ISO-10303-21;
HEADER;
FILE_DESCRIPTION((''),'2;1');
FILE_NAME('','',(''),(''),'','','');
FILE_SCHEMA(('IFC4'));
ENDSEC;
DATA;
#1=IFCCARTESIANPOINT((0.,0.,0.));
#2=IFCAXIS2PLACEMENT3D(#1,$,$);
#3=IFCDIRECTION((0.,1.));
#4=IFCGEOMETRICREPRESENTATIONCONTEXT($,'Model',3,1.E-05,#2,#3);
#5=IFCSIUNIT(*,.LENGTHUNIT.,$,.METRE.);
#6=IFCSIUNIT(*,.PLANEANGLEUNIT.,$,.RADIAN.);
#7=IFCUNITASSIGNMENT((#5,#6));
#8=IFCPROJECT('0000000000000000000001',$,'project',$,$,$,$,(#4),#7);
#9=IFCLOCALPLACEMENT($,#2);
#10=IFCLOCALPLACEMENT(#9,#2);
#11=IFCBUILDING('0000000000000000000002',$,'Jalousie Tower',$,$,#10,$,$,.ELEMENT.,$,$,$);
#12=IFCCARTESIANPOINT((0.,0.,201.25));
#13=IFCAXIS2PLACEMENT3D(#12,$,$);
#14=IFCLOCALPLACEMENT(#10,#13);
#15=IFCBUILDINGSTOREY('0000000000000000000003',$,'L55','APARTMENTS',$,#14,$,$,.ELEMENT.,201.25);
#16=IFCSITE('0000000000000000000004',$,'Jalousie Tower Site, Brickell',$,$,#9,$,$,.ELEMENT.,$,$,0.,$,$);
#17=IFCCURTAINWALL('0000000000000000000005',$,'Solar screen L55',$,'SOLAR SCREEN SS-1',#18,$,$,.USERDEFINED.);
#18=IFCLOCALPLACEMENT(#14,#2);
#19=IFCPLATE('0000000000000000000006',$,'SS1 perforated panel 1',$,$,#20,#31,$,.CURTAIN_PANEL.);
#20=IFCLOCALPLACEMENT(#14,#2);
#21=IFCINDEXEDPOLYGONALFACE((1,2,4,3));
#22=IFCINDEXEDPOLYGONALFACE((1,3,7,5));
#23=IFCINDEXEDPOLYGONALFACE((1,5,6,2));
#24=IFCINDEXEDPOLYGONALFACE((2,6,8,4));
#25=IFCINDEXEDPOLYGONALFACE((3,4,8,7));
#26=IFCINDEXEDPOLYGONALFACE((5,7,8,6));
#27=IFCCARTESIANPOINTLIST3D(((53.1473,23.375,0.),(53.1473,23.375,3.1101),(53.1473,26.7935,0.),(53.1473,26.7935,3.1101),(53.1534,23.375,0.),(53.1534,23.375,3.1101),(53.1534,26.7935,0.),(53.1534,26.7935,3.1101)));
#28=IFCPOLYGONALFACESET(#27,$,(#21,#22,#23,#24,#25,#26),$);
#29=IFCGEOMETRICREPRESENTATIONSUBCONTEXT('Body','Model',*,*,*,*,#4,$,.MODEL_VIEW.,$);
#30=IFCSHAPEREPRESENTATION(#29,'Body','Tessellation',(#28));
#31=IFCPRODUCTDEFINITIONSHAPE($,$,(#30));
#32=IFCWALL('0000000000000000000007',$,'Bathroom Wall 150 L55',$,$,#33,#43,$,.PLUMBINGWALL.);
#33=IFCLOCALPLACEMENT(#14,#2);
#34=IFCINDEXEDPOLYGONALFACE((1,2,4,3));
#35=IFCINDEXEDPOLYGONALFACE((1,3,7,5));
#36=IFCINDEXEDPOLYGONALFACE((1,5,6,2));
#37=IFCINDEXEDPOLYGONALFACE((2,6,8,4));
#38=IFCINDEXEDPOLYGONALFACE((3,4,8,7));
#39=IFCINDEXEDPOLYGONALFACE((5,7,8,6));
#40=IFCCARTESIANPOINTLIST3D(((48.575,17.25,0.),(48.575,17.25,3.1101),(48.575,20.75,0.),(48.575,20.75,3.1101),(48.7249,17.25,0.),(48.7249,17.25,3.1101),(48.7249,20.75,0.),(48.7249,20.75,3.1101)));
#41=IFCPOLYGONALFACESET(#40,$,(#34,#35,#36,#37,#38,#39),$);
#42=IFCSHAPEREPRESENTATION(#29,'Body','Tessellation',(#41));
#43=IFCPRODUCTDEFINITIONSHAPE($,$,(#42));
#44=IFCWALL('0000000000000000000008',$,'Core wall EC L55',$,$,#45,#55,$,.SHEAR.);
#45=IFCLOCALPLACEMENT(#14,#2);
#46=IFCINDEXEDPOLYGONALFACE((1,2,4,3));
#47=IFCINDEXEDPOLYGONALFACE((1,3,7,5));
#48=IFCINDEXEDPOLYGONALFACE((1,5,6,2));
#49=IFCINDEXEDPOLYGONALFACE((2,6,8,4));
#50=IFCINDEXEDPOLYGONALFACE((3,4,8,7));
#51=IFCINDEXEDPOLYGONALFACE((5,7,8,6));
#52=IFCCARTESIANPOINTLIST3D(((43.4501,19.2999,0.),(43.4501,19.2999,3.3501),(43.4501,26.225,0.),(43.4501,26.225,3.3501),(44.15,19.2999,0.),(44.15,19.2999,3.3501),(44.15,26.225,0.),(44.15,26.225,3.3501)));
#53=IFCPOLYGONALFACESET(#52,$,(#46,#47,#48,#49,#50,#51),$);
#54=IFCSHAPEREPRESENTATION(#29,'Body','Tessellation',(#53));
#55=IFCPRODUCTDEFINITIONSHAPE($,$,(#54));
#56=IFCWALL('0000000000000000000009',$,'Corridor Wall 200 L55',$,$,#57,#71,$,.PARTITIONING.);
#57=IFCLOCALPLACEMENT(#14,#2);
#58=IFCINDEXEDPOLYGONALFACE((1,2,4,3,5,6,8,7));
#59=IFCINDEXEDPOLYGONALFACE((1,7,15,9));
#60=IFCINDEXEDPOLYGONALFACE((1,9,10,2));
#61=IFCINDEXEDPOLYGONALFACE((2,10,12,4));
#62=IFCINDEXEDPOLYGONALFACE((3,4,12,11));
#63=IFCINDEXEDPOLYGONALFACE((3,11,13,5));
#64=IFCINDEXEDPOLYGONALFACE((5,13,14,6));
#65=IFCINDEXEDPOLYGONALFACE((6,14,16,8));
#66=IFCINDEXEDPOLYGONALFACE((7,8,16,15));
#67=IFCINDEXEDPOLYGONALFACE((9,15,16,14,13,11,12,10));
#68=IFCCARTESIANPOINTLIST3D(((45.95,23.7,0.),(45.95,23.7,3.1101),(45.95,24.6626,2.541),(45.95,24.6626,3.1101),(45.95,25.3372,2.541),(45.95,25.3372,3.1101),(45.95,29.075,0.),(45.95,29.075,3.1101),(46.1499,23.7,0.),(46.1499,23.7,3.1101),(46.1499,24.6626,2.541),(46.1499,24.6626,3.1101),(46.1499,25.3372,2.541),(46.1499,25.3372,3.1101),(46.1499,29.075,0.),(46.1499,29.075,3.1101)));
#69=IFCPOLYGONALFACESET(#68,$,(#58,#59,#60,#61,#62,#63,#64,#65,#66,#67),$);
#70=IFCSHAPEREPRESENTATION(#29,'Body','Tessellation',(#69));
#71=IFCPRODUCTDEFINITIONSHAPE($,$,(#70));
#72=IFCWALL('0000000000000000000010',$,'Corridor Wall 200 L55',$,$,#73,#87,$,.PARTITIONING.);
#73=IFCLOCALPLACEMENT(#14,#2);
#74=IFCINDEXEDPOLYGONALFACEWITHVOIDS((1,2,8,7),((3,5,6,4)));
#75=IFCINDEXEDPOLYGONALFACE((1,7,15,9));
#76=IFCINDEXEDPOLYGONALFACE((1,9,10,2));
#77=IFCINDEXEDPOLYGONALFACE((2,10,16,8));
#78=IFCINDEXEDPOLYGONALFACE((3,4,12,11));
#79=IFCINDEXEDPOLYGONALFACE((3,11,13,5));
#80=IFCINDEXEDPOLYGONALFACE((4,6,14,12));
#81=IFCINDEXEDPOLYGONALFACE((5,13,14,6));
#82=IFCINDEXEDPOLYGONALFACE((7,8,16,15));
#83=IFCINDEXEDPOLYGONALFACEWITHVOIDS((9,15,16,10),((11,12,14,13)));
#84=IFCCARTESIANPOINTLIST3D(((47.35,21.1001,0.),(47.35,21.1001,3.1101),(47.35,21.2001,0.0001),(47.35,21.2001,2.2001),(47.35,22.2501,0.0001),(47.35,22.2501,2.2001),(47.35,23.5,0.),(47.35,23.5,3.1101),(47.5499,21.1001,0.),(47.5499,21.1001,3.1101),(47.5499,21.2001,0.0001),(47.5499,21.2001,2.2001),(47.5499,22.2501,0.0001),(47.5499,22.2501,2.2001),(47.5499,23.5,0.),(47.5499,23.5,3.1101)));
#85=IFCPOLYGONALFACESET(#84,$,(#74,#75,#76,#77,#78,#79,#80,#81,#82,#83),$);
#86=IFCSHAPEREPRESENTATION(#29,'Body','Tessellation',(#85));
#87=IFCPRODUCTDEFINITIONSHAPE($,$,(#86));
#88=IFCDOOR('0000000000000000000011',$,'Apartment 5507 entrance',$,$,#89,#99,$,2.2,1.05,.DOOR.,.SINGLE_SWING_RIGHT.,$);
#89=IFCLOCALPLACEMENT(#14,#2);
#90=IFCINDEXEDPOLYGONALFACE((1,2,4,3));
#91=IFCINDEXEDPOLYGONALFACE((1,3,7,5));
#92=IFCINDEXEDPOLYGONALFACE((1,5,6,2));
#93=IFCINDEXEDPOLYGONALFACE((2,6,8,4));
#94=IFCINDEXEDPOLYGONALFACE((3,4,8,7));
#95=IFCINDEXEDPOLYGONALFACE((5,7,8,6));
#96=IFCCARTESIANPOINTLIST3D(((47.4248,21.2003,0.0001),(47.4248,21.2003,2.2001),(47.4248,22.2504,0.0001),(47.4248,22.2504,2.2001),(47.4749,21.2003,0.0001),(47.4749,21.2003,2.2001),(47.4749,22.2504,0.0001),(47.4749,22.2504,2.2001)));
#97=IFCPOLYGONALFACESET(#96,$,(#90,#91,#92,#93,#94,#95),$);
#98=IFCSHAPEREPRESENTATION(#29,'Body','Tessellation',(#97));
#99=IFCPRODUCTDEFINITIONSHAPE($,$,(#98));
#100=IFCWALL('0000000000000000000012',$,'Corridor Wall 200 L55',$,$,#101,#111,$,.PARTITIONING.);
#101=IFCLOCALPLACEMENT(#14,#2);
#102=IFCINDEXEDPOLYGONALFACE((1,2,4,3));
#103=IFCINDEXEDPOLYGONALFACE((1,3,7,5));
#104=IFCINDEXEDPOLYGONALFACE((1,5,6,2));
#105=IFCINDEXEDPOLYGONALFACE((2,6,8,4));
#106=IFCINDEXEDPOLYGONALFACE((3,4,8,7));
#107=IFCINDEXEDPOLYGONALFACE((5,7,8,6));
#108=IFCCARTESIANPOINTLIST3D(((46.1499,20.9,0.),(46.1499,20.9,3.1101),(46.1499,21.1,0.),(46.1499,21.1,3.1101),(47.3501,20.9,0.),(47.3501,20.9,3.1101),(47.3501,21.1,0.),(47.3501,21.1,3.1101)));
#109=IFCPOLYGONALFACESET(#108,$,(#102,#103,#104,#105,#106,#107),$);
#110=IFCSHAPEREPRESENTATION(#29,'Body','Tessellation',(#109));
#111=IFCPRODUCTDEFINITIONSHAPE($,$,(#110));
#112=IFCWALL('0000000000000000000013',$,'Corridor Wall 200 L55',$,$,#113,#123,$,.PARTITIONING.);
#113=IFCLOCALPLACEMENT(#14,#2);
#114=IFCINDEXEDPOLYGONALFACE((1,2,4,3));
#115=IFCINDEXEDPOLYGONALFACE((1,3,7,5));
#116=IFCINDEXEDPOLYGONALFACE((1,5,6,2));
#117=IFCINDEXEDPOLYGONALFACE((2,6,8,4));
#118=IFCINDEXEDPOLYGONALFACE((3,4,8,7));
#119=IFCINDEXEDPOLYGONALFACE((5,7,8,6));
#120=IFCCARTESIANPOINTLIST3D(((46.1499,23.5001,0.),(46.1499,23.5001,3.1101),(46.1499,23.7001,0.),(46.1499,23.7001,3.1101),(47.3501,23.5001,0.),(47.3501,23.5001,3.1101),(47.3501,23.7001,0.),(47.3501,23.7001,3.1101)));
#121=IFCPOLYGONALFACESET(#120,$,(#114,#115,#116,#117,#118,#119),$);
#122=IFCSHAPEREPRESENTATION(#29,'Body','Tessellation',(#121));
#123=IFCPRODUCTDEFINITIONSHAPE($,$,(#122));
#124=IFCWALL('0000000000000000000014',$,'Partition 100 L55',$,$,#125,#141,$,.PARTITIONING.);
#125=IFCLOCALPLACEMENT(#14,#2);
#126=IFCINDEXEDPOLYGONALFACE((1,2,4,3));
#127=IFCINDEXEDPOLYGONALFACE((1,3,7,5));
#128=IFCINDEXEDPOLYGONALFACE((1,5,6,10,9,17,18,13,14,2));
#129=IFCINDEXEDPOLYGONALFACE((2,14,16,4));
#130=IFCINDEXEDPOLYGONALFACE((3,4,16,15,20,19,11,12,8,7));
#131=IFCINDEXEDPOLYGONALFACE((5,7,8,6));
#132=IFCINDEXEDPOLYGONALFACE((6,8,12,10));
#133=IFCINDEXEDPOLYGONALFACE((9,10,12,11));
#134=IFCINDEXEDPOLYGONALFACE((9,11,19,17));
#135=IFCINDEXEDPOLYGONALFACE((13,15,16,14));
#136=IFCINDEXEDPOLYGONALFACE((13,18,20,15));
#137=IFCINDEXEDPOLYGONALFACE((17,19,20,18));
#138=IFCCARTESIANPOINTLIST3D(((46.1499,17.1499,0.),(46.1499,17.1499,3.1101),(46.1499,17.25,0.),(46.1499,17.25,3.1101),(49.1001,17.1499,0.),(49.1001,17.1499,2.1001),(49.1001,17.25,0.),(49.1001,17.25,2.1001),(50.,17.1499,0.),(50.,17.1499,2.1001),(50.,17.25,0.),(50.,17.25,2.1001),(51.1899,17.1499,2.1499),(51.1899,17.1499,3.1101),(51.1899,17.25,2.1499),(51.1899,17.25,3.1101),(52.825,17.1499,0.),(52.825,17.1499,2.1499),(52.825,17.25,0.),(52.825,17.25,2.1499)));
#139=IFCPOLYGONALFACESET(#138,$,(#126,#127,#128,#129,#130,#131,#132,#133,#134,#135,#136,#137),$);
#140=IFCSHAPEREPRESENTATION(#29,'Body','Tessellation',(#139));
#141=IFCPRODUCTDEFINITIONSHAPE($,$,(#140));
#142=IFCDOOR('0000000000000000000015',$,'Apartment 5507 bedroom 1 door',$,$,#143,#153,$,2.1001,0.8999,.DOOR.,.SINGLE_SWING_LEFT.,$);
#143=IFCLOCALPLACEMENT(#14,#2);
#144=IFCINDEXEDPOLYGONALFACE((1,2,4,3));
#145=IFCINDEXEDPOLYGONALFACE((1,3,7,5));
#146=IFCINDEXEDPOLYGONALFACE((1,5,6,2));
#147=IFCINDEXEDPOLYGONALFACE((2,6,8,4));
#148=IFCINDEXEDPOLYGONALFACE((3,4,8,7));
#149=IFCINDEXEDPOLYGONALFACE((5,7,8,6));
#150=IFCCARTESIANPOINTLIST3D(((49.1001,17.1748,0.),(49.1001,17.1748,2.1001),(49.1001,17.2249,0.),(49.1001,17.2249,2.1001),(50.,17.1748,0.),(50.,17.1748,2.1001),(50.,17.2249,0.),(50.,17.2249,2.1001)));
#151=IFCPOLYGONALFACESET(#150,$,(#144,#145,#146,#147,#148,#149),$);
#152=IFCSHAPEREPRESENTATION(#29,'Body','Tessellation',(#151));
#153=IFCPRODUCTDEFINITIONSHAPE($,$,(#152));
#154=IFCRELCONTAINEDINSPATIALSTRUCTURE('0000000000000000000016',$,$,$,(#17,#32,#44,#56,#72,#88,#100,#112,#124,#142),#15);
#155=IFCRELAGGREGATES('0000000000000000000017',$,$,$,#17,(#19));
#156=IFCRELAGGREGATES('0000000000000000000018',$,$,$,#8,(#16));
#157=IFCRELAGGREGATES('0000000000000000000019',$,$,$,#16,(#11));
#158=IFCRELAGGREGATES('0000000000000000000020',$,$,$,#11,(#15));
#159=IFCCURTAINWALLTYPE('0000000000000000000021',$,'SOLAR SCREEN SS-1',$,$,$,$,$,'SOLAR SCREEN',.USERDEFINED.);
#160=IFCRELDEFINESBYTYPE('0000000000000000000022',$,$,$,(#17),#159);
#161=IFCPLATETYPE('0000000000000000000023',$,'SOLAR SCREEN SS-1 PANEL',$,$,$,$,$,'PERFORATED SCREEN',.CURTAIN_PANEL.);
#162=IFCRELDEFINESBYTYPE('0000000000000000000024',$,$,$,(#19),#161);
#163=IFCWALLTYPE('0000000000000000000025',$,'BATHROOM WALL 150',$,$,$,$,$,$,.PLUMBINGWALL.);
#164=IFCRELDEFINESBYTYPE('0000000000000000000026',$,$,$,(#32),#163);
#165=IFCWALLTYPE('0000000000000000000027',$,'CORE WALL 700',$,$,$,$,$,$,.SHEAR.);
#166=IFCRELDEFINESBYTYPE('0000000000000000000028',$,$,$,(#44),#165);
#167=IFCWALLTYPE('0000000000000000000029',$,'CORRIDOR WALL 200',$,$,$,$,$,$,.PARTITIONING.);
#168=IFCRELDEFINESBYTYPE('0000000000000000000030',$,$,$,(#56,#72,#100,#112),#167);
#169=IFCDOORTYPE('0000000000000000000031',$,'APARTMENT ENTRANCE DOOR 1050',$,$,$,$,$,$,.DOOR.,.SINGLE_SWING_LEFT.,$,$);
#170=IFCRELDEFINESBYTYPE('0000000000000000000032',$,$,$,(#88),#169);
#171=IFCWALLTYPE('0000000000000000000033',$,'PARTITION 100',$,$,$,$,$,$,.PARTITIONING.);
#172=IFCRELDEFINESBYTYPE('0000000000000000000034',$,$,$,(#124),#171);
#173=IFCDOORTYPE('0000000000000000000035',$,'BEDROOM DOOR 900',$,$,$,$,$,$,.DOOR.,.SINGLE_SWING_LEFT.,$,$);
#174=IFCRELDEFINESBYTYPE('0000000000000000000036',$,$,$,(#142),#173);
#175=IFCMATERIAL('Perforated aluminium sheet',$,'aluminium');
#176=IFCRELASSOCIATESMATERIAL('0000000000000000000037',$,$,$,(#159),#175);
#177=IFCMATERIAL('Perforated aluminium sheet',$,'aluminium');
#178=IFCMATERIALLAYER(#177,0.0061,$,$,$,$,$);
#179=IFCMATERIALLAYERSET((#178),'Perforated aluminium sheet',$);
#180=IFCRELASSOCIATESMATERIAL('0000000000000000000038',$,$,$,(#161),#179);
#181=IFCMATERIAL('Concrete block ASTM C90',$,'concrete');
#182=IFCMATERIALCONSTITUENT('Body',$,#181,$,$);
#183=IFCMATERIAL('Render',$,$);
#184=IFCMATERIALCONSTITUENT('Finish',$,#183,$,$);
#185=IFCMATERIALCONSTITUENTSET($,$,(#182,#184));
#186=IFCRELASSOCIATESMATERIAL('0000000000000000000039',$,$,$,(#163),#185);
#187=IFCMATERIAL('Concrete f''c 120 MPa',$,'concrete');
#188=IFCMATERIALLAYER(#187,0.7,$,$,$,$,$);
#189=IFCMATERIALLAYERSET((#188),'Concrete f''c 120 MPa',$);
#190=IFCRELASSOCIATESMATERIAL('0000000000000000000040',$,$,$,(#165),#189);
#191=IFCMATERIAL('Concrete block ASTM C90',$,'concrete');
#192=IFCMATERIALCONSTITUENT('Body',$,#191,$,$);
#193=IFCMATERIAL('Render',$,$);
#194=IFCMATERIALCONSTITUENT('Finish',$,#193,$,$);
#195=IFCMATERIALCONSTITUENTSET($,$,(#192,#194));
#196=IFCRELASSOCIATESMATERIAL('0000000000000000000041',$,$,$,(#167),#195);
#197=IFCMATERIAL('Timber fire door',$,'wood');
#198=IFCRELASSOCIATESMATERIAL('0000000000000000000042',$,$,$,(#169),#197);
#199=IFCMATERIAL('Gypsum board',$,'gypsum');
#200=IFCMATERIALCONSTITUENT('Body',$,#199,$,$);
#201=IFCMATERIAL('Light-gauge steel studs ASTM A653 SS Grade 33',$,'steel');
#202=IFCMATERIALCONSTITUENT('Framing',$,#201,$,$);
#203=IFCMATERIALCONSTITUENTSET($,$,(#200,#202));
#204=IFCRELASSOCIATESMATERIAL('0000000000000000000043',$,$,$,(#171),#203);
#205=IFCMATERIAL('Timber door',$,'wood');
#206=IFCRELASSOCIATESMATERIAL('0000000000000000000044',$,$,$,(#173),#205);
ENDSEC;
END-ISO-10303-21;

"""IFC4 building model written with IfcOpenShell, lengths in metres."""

from ifc_helpers import new_model, si_unit, direction, frame, frame_2d, origin, origin_2d, place, context, subcontext, project, spatial, polyline, rectangle, outline, extrude, material, layer, layer_set, constituent, constituent_set, type_object, element, fill, aggregate, save


model = new_model("IFC4")

# Units and contexts
model_context = context("Model", 3, precision=1e-05, world=origin(), true_north=direction((0.0, 1.0)))
body_context = subcontext(model_context, "Body", "Model", "MODEL_VIEW")
ifc_project = project(units=[si_unit("LENGTHUNIT", "METRE"), si_unit("PLANEANGLEUNIT", "RADIAN")], contexts=[model_context])

# Site, building, storey
site_placement = place(None, origin())
site = spatial("IfcSite", under=ifc_project, at=site_placement, Name="Jalousie Tower Site, Brickell", CompositionType="ELEMENT", RefElevation=0.0)
building_placement = place(site_placement, origin())
building = spatial("IfcBuilding", under=site, at=building_placement, Name="Jalousie Tower", CompositionType="ELEMENT")
storey_placement = place(building_placement, frame((0.0, 0.0, 201.25)))
storey = spatial("IfcBuildingStorey", under=building, at=storey_placement, Name="L55", Description="APARTMENTS", CompositionType="ELEMENT", Elevation=201.25)

# Shared definitions
ifc_material_1 = material(Name="Perforated aluminium sheet", Category="aluminium")
curtain_wall_type = type_object("IfcCurtainWallType", Name="SOLAR SCREEN SS-1", ElementType="SOLAR SCREEN", PredefinedType="USERDEFINED", material=ifc_material_1)

# Curtain wall, plate
curtain_wall_1_placement = place(storey_placement, origin())
curtain_wall_1 = element("IfcCurtainWall", 1, at=curtain_wall_1_placement, inside=storey, type_object=curtain_wall_type, Name="Solar screen L55", ObjectType="SOLAR SCREEN SS-1", PredefinedType="USERDEFINED")
ifc_material_2 = material(Name="Perforated aluminium sheet", Category="aluminium")
ifc_layer_1 = layer(ifc_material_2, 0.0061)
ifc_layer_set_1 = layer_set([ifc_layer_1], Name="Perforated aluminium sheet")
plate_type = type_object("IfcPlateType", Name="SOLAR SCREEN SS-1 PANEL", ElementType="PERFORATED SCREEN", PredefinedType="CURTAIN_PANEL", material=ifc_layer_set_1)
plate_placement = place(storey_placement, frame((53.1504, 25.0842, 0.0), z_axis=(0.0, 0.0, 1.0), x_axis=(0.0, 1.0, 0.0)))
plate = element("IfcPlate", 2, at=plate_placement, type_object=plate_type, Name="SS1 perforated panel 1", PredefinedType="CURTAIN_PANEL", context=body_context, shape_type="SweptSolid", body=[
    extrude(rectangle(XDim=3.4185, YDim=0.0061, at=origin_2d()), origin(), (0.0, 0.0, 1.0), 3.1101),
])
aggregate(curtain_wall_1, [plate])

# Walls
ifc_material_3 = material(Name="Concrete block ASTM C90", Category="concrete")
ifc_constituent_1 = constituent(ifc_material_3, Name="Body")
ifc_material_4 = material(Name="Render")
ifc_constituent_2 = constituent(ifc_material_4, Name="Finish")
ifc_constituent_set_1 = constituent_set(constituents=[ifc_constituent_1, ifc_constituent_2])
wall_type_1 = type_object("IfcWallType", Name="BATHROOM WALL 150", PredefinedType="PLUMBINGWALL", material=ifc_constituent_set_1)
wall_1_placement = place(storey_placement, frame((48.6499, 17.25, 0.0), z_axis=(0.0, 0.0, 1.0), x_axis=(0.0, 1.0, 0.0)))
element("IfcWall", 3, at=wall_1_placement, inside=storey, type_object=wall_type_1, Name="Bathroom Wall 150 L55", PredefinedType="PLUMBINGWALL", context=body_context, shape_type="SweptSolid", body=[
    extrude(rectangle(XDim=3.5, YDim=0.1499, at=frame_2d((1.75, 0.0))), origin(), (0.0, 0.0, 1.0), 3.1101),
])
ifc_material_5 = material(Name="Concrete f'c 120 MPa", Category="concrete")
ifc_layer_2 = layer(ifc_material_5, 0.7)
ifc_layer_set_2 = layer_set([ifc_layer_2], Name="Concrete f'c 120 MPa")
wall_type_2 = type_object("IfcWallType", Name="CORE WALL 700", PredefinedType="SHEAR", material=ifc_layer_set_2)
wall_2_placement = place(storey_placement, frame((43.8, 19.3, 0.0), z_axis=(0.0, 0.0, 1.0), x_axis=(0.0, 1.0, 0.0)))
element("IfcWall", 4, at=wall_2_placement, inside=storey, type_object=wall_type_2, Name="Core wall EC L55", PredefinedType="SHEAR", context=body_context, shape_type="SweptSolid", body=[
    extrude(rectangle(XDim=6.925, YDim=0.7, at=frame_2d((3.4624, 0.0))), origin(), (0.0, 0.0, 1.0), 3.3501),
])
ifc_material_6 = material(Name="Concrete block ASTM C90", Category="concrete")
ifc_constituent_3 = constituent(ifc_material_6, Name="Body")
ifc_material_7 = material(Name="Render")
ifc_constituent_4 = constituent(ifc_material_7, Name="Finish")
ifc_constituent_set_2 = constituent_set(constituents=[ifc_constituent_3, ifc_constituent_4])
wall_type_3 = type_object("IfcWallType", Name="CORRIDOR WALL 200", PredefinedType="PARTITIONING", material=ifc_constituent_set_2)
wall_3_placement = place(storey_placement, frame((46.05, 23.7, 0.0), z_axis=(0.0, 0.0, 1.0), x_axis=(0.0, 1.0, 0.0)))
element("IfcWall", 5, at=wall_3_placement, inside=storey, type_object=wall_type_3, Name="Corridor Wall 200 L55", PredefinedType="PARTITIONING", context=body_context, shape_type="SweptSolid", body=[
    extrude(outline(polyline([(0.0, 0.0), (5.375, 0.0), (5.375, 3.1101), (1.6372, 3.1101), (1.6372, 2.541), (0.9626, 2.541), (0.9626, 3.1101), (0.0, 3.1101), (0.0, 0.0)])), frame((0.0, 0.1001, 0.0), z_axis=(0.0, -1.0, 0.0), x_axis=(1.0, 0.0, 0.0)), (0.0, 0.0, 1.0), 0.2),
])

# Wall, opening, door
wall_4_placement = place(storey_placement, frame((47.45, 21.1001, 0.0), z_axis=(0.0, 0.0, 1.0), x_axis=(0.0, 1.0, 0.0)))
wall_4 = element("IfcWall", 6, at=wall_4_placement, inside=storey, type_object=wall_type_3, Name="Corridor Wall 200 L55", PredefinedType="PARTITIONING", context=body_context, shape_type="SweptSolid", body=[
    extrude(rectangle(XDim=2.3999, YDim=0.2, at=frame_2d((1.2, 0.0))), origin(), (0.0, 0.0, 1.0), 3.1101),
])
opening_1_placement = place(wall_4_placement, frame((0.1001, 0.0, 0.0)))
opening_1 = element("IfcOpeningElement", 7, at=opening_1_placement, cuts=wall_4, PredefinedType="OPENING", context=body_context, shape_type="SweptSolid", body=[
    extrude(rectangle(XDim=1.05, YDim=2.2, at=frame_2d((0.5249, 1.1001))), frame((0.0, 0.1099, 0.0), z_axis=(0.0, -1.0, 0.0), x_axis=(1.0, 0.0, 0.0)), (0.0, 0.0, 1.0), 0.22),
])
ifc_material_8 = material(Name="Timber fire door", Category="wood")
door_type_1 = type_object("IfcDoorType", Name="APARTMENT ENTRANCE DOOR 1050", OperationType="SINGLE_SWING_LEFT", PredefinedType="DOOR", material=ifc_material_8)
door_1_placement = place(opening_1_placement, frame((1.05, 0.0, 0.0), z_axis=(0.0, 0.0, 1.0), x_axis=(-1.0, 0.0, 0.0)))
door_1 = element("IfcDoor", 8, at=door_1_placement, inside=storey, type_object=door_type_1, Name="Apartment 5507 entrance", OperationType="SINGLE_SWING_RIGHT", OverallHeight=2.2, OverallWidth=1.05, PredefinedType="DOOR", context=body_context, shape_type="SweptSolid", body=[
    extrude(rectangle(XDim=1.05, YDim=2.2, at=frame_2d((0.5249, 1.1001))), frame((0.0, 0.0249, 0.0), z_axis=(0.0, -1.0, 0.0), x_axis=(1.0, 0.0, 0.0)), (0.0, 0.0, 1.0), 0.05),
])
fill(opening_1, door_1)

# Walls
for number, where, z_axis, x_axis, name in (
    (9, (46.1499, 21.0, 0.0), (0.0, 0.0, 1.0), (1.0, 0.0, 0.0), "Corridor Wall 200 L55"),
    (10, (46.1499, 23.6001, 0.0), (0.0, 0.0, 1.0), (1.0, 0.0, 0.0), "Corridor Wall 200 L55"),
):
    element("IfcWall", number, at=place(storey_placement, frame(where, z_axis=z_axis, x_axis=x_axis)), inside=storey, type_object=wall_type_3, Name=name, PredefinedType="PARTITIONING", context=body_context, shape_type="SweptSolid", body=[
        extrude(rectangle(XDim=1.2002, YDim=0.2, at=frame_2d((0.6001, 0.0))), origin(), (0.0, 0.0, 1.0), 3.1101),
    ])

# Wall, opening, door
ifc_material_9 = material(Name="Gypsum board", Category="gypsum")
ifc_constituent_5 = constituent(ifc_material_9, Name="Body")
ifc_material_10 = material(Name="Light-gauge steel studs ASTM A653 SS Grade 33", Category="steel")
ifc_constituent_6 = constituent(ifc_material_10, Name="Framing")
ifc_constituent_set_3 = constituent_set(constituents=[ifc_constituent_5, ifc_constituent_6])
wall_type_4 = type_object("IfcWallType", Name="PARTITION 100", PredefinedType="PARTITIONING", material=ifc_constituent_set_3)
wall_5_placement = place(storey_placement, frame((52.825, 17.2, 0.0), z_axis=(0.0, 0.0, 1.0), x_axis=(-1.0, 0.0, 0.0)))
wall_5 = element("IfcWall", 11, at=wall_5_placement, inside=storey, type_object=wall_type_4, Name="Partition 100 L55", PredefinedType="PARTITIONING", context=body_context, shape_type="SweptSolid", body=[
    extrude(outline(polyline([(0.0, 0.0), (6.675, 0.0), (6.675, 3.1101), (1.635, 3.1101), (1.635, 2.1499), (0.0, 2.1499), (0.0, 3.1101), (0.0, 0.0)])), frame((0.0, 0.05, 0.0), z_axis=(0.0, -1.0, 0.0), x_axis=(1.0, 0.0, 0.0)), (0.0, 0.0, 1.0), 0.1001),
])
opening_2_placement = place(wall_5_placement, frame((2.825, 0.0, 0.0)))
opening_2 = element("IfcOpeningElement", 12, at=opening_2_placement, cuts=wall_5, PredefinedType="OPENING", context=body_context, shape_type="SweptSolid", body=[
    extrude(rectangle(XDim=0.8999, YDim=2.1001, at=frame_2d((0.45, 1.05))), frame((0.0, 0.0601, 0.0), z_axis=(0.0, -1.0, 0.0), x_axis=(1.0, 0.0, 0.0)), (0.0, 0.0, 1.0), 0.1201),
])
ifc_material_11 = material(Name="Timber door", Category="wood")
door_type_2 = type_object("IfcDoorType", Name="BEDROOM DOOR 900", OperationType="SINGLE_SWING_LEFT", PredefinedType="DOOR", material=ifc_material_11)
door_2_placement = place(opening_2_placement, frame((0.8999, 0.0, 0.0), z_axis=(0.0, 0.0, 1.0), x_axis=(-1.0, 0.0, 0.0)))
door_2 = element("IfcDoor", 13, at=door_2_placement, inside=storey, type_object=door_type_2, Name="Apartment 5507 bedroom 1 door", OperationType="SINGLE_SWING_LEFT", OverallHeight=2.1001, OverallWidth=0.8999, PredefinedType="DOOR", context=body_context, shape_type="SweptSolid", body=[
    extrude(rectangle(XDim=0.8999, YDim=2.1001, at=frame_2d((0.45, 1.05))), frame((0.0, 0.0249, 0.0), z_axis=(0.0, -1.0, 0.0), x_axis=(1.0, 0.0, 0.0)), (0.0, 0.0, 1.0), 0.05),
])
fill(opening_2, door_2)

save(model, "model.ifc")
